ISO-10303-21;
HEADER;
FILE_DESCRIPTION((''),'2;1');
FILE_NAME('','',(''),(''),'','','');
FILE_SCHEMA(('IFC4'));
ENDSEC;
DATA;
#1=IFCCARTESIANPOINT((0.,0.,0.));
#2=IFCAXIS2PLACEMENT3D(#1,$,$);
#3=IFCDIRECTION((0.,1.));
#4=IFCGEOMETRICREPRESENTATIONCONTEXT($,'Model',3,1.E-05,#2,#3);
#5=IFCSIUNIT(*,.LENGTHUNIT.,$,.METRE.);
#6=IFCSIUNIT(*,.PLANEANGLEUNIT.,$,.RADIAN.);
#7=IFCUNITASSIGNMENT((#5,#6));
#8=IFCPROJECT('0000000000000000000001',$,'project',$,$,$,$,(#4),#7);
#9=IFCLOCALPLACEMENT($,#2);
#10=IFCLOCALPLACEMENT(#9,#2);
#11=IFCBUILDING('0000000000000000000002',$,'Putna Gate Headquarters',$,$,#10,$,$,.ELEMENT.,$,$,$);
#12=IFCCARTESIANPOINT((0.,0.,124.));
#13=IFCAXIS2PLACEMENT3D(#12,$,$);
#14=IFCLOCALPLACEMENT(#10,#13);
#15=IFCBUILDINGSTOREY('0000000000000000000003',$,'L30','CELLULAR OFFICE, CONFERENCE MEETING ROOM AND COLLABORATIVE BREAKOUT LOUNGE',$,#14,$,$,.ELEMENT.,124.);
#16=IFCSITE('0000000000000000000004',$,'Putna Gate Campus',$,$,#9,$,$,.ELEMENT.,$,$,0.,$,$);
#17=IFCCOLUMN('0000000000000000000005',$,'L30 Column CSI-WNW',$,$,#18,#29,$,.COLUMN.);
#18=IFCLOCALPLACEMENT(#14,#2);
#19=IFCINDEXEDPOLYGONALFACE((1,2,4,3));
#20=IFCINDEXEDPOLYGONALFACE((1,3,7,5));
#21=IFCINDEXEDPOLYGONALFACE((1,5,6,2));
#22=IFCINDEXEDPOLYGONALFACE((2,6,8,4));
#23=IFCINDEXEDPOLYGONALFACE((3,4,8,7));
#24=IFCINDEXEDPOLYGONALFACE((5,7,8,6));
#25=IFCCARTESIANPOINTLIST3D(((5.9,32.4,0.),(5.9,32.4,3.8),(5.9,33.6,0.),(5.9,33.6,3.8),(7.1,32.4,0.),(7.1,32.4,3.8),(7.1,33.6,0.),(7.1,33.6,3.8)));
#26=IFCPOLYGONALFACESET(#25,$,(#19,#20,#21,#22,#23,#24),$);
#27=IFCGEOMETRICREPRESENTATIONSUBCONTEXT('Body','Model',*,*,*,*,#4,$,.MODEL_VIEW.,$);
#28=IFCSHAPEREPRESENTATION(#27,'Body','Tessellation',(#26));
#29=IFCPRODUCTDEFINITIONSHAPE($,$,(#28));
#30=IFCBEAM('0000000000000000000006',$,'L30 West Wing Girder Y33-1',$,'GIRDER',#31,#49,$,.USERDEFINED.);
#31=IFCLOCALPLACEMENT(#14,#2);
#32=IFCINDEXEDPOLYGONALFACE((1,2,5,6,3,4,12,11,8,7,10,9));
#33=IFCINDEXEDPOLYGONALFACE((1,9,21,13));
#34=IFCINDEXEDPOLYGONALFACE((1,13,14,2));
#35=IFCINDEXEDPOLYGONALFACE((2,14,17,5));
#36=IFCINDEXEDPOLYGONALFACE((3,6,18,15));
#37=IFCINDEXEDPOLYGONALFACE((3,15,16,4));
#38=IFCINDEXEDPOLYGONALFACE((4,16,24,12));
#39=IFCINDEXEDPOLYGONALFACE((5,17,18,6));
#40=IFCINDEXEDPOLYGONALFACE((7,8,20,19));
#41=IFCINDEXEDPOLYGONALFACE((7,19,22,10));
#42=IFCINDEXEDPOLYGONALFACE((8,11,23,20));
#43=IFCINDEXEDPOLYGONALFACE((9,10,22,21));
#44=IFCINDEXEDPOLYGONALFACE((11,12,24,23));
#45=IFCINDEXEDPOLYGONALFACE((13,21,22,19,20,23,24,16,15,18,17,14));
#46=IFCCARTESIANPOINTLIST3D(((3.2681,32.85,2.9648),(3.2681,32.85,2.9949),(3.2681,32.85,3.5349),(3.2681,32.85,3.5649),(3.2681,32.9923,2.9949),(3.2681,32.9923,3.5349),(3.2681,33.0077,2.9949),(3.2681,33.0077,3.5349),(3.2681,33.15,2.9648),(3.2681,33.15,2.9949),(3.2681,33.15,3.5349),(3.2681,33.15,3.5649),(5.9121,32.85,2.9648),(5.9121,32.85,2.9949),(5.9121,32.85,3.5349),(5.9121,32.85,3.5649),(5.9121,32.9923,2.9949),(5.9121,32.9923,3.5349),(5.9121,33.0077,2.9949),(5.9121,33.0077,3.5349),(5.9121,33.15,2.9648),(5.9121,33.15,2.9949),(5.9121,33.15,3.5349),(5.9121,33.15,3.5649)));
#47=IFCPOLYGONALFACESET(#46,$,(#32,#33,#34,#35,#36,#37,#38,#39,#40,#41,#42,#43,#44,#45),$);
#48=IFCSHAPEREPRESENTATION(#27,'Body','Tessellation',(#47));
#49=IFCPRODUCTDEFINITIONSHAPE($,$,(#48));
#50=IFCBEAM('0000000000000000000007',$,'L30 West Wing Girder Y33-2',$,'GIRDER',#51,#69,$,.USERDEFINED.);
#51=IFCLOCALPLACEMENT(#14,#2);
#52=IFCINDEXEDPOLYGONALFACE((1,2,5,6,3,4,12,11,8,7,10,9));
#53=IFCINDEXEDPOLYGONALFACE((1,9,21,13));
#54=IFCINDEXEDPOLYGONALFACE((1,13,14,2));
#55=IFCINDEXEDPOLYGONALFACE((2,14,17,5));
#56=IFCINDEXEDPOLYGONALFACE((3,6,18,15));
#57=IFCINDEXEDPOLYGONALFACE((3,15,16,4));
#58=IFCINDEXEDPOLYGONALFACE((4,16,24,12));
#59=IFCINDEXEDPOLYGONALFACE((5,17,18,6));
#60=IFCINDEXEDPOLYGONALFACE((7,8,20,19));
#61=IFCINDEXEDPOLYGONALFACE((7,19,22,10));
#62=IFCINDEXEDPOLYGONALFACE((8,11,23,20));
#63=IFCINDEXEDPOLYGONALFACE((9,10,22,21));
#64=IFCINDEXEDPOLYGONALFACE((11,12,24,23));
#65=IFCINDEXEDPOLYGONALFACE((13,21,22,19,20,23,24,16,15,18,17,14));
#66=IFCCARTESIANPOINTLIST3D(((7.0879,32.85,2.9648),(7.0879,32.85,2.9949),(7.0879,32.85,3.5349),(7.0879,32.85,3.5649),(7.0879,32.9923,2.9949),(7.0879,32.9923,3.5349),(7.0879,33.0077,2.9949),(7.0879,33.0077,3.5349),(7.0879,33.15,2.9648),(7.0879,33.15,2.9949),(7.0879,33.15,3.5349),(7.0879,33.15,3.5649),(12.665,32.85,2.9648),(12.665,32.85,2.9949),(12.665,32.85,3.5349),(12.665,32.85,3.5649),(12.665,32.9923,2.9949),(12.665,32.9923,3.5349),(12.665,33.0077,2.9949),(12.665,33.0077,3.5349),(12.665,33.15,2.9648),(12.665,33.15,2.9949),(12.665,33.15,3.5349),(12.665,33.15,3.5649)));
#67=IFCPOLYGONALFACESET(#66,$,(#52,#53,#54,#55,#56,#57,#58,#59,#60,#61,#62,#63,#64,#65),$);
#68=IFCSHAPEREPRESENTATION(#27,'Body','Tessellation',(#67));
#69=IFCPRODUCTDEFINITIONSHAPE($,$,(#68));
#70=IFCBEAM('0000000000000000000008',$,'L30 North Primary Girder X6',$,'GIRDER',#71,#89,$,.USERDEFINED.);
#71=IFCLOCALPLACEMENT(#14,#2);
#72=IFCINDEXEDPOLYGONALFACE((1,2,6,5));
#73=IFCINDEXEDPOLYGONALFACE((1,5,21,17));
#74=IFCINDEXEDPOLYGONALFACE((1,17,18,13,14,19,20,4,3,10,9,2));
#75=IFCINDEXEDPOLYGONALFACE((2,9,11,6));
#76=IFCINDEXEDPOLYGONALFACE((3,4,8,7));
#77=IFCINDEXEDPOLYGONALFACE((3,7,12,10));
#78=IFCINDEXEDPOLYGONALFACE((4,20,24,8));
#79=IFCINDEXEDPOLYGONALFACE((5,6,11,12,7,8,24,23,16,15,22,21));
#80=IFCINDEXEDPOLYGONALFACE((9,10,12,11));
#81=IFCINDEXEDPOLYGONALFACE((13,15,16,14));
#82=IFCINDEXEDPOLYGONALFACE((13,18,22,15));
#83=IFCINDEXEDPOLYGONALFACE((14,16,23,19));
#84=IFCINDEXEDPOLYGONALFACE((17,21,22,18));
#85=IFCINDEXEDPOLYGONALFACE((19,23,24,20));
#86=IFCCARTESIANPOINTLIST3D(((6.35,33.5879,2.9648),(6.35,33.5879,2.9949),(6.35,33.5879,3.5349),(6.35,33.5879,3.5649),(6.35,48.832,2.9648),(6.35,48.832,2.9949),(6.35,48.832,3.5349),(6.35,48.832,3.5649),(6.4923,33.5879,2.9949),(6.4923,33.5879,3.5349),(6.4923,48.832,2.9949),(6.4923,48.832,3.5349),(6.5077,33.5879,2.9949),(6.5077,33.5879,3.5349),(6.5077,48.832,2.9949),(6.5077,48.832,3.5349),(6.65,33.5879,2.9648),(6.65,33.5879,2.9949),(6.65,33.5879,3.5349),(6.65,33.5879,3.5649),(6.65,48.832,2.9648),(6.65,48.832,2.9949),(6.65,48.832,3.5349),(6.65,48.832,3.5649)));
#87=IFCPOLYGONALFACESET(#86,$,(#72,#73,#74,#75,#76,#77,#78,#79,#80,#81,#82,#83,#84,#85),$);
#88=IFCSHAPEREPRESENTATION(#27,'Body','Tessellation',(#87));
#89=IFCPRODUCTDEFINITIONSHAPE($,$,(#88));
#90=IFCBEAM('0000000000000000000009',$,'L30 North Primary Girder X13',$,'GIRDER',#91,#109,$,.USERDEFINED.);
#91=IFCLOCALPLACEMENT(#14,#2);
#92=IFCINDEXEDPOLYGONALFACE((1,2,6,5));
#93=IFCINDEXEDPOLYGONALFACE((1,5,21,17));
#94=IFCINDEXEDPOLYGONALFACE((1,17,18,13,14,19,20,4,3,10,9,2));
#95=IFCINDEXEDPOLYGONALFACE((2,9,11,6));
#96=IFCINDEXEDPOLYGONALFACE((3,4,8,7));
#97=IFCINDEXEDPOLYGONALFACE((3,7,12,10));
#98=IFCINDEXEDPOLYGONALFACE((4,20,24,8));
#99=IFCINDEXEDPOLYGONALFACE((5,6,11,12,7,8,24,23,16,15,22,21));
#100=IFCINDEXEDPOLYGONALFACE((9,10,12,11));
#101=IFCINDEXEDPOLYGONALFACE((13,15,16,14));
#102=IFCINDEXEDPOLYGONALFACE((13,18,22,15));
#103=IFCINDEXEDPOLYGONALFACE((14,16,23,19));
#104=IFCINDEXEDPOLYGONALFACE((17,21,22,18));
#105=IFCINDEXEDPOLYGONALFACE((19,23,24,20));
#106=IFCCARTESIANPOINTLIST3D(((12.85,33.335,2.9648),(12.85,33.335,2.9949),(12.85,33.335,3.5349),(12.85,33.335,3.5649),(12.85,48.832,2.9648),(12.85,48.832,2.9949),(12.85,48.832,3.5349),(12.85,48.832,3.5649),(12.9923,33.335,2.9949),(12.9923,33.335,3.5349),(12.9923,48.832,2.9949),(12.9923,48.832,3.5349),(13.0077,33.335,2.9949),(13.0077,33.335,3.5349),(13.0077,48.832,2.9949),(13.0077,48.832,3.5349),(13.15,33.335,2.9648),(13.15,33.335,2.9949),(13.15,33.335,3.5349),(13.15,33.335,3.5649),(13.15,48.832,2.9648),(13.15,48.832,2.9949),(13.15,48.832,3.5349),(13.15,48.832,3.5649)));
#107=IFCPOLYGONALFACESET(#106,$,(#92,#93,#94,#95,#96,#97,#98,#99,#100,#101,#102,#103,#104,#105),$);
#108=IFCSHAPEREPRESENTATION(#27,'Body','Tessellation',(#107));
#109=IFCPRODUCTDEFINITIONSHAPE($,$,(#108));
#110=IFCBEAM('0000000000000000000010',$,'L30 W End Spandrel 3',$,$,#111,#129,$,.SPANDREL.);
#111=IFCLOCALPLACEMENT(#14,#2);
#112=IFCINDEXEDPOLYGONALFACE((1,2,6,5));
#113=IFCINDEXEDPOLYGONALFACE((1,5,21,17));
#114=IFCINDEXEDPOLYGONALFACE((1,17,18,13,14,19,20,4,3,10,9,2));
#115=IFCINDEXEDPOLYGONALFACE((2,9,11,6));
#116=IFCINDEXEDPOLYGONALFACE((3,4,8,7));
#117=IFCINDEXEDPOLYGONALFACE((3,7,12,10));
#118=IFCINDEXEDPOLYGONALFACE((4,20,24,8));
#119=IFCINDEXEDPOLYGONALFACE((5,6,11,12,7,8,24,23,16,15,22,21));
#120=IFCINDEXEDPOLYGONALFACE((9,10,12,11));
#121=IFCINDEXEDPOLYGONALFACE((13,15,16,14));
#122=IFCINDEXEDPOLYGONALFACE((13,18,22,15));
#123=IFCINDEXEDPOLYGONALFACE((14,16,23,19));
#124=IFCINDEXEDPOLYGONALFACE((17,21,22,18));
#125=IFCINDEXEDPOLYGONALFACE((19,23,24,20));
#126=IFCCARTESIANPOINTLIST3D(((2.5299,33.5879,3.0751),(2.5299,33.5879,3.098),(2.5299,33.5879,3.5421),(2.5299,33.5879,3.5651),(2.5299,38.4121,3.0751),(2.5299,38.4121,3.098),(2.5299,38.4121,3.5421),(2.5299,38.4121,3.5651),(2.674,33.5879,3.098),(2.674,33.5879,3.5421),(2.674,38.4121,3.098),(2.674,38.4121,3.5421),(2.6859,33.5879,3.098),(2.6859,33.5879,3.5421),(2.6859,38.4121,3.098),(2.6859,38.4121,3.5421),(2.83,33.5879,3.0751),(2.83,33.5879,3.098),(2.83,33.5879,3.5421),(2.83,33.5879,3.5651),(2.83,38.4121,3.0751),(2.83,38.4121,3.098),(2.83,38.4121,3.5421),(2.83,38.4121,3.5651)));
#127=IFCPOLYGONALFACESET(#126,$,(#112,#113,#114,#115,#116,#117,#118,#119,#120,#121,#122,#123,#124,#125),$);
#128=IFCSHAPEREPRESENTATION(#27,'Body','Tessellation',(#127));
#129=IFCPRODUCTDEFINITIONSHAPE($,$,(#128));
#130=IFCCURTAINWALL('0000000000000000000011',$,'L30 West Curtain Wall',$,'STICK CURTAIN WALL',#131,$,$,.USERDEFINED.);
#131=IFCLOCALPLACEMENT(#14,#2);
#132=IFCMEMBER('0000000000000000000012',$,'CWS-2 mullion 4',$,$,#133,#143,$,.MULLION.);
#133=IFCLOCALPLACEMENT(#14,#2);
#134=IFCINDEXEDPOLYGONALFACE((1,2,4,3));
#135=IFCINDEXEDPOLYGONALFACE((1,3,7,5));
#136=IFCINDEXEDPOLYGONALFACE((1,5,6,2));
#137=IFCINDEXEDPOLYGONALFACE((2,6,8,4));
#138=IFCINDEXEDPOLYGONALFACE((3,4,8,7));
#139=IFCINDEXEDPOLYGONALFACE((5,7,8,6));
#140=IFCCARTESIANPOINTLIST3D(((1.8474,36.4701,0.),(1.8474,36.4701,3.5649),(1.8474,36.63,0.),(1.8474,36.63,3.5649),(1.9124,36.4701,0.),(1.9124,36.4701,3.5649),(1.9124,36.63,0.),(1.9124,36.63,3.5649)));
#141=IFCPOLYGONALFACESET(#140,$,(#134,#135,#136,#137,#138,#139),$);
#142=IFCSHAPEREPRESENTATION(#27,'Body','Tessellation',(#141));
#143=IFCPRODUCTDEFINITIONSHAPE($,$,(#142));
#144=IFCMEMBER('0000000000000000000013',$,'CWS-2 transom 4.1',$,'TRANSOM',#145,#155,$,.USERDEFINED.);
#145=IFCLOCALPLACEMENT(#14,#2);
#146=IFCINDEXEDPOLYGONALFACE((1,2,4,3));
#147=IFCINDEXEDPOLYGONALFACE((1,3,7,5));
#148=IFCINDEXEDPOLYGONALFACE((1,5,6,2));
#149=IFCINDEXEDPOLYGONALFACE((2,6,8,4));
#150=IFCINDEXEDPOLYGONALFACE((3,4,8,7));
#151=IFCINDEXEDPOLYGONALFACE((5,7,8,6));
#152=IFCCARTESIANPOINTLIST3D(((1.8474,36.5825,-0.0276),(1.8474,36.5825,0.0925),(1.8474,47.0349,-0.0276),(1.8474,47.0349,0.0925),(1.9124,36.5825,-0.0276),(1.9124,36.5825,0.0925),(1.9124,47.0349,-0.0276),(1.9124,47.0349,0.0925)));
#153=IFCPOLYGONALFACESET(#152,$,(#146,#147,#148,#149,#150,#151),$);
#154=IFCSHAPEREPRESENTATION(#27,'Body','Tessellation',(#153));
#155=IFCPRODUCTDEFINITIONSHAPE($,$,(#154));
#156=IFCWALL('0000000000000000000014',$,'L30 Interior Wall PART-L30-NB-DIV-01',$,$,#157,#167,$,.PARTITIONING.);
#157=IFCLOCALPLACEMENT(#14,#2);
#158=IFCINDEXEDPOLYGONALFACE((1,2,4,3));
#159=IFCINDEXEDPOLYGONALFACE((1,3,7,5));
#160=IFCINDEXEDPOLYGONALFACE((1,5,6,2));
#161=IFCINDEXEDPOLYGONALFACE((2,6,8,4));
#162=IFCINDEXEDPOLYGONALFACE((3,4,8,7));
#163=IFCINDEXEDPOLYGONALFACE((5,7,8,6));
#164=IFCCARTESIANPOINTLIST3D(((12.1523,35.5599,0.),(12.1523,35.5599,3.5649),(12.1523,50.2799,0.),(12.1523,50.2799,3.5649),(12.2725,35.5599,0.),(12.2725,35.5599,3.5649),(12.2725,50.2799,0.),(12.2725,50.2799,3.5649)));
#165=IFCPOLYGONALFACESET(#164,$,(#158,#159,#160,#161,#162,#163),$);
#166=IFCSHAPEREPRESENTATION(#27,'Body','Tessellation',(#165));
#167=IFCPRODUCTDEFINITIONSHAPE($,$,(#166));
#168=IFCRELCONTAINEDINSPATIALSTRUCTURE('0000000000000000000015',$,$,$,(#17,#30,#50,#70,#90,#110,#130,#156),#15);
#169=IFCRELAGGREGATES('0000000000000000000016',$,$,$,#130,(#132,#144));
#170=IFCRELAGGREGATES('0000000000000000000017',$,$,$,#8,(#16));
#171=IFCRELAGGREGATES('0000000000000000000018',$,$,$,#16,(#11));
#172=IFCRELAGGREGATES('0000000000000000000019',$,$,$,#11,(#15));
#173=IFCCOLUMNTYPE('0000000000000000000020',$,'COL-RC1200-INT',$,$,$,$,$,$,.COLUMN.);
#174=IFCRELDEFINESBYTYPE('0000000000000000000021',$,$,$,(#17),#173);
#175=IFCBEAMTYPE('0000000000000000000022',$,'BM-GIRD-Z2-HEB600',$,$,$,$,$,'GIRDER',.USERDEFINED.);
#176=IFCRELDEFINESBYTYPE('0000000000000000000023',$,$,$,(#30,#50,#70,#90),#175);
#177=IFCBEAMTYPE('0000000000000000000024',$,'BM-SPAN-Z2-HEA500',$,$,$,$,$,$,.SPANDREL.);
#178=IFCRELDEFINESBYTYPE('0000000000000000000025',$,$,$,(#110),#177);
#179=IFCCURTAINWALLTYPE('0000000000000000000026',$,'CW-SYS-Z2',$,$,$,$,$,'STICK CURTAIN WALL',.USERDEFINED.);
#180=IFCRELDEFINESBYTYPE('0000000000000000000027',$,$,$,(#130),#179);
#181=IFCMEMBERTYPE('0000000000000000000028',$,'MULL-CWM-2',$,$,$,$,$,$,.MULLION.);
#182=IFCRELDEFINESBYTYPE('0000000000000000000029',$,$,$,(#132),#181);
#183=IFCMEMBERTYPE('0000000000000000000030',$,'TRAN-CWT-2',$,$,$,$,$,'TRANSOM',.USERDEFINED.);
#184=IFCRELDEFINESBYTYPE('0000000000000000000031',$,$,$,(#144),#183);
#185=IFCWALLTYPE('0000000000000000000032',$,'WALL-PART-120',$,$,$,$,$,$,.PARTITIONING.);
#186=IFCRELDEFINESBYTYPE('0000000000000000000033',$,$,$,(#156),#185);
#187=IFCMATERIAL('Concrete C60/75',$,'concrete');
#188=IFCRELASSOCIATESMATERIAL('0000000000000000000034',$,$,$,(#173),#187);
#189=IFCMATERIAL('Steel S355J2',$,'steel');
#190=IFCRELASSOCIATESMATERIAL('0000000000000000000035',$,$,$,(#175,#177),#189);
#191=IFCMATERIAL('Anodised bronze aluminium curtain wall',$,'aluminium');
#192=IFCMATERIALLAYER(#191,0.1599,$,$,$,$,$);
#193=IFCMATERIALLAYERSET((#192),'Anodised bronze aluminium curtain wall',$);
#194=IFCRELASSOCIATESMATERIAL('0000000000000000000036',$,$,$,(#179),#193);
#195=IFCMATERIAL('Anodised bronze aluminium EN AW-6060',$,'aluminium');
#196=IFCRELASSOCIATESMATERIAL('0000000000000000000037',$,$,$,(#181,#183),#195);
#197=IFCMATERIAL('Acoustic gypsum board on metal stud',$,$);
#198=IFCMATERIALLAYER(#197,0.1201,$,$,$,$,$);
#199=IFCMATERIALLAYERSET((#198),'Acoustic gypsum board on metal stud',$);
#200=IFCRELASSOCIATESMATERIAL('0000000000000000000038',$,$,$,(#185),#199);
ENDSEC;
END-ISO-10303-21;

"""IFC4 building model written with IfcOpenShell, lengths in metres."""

from ifc_helpers import new_model, si_unit, direction, frame, frame_2d, origin, origin_2d, place, context, subcontext, project, spatial, rectangle, i_section, extrude, material, layer, layer_set, material_profile, profile_set, type_object, element, aggregate, save


model = new_model("IFC4")

# Units and contexts
model_context = context("Model", 3, precision=1e-05, world=origin(), true_north=direction((0.0, 1.0)))
body_context = subcontext(model_context, "Body", "Model", "MODEL_VIEW")
ifc_project = project(units=[si_unit("LENGTHUNIT", "METRE"), si_unit("PLANEANGLEUNIT", "RADIAN")], contexts=[model_context])

# Site, building, storey
site_placement = place(None, origin())
site = spatial("IfcSite", under=ifc_project, at=site_placement, Name="Putna Gate Campus", CompositionType="ELEMENT", RefElevation=0.0)
building_placement = place(site_placement, origin())
building = spatial("IfcBuilding", under=site, at=building_placement, Name="Putna Gate Headquarters", CompositionType="ELEMENT")
storey_placement = place(building_placement, frame((0.0, 0.0, 124.0)))
storey = spatial("IfcBuildingStorey", under=building, at=storey_placement, Name="L30", Description="CELLULAR OFFICE, CONFERENCE MEETING ROOM AND COLLABORATIVE BREAKOUT LOUNGE", CompositionType="ELEMENT", Elevation=124.0)

# Column
ifc_material_1 = material(Name="Concrete C60/75", Category="concrete")
ifc_material_profile_1 = material_profile(ifc_material_1, rectangle(XDim=1.2, YDim=1.2, at=origin_2d()), Name="Concrete C60/75")
ifc_profile_set_1 = profile_set([ifc_material_profile_1], Name="Concrete C60/75")
column_type = type_object("IfcColumnType", Name="COL-RC1200-INT", PredefinedType="COLUMN", material=ifc_profile_set_1)
column_placement = place(storey_placement, frame((6.5, 33.0, 0.0), z_axis=(0.0, 0.0, 1.0), x_axis=(1.0, 0.0, 0.0)))
element("IfcColumn", 1, at=column_placement, inside=storey, type_object=column_type, Name="L30 Column CSI-WNW", PredefinedType="COLUMN", context=body_context, shape_type="SweptSolid", body=[
    extrude(rectangle(XDim=1.2, YDim=1.2, at=origin_2d()), origin(), (0.0, 0.0, 1.0), 3.8),
])

# Beams
ifc_material_2 = material(Name="Steel S355J2", Category="steel")
ifc_material_profile_2 = material_profile(ifc_material_2, i_section(OverallWidth=0.3, OverallDepth=0.6001, WebThickness=0.0154, FlangeThickness=0.03, at=origin_2d()), Name="Steel S355J2")
ifc_profile_set_2 = profile_set([ifc_material_profile_2], Name="Steel S355J2")
beam_type_1 = type_object("IfcBeamType", Name="BM-GIRD-Z2-HEB600", ElementType="GIRDER", PredefinedType="USERDEFINED", material=ifc_profile_set_2)
beam_1_placement = place(storey_placement, frame((3.2681, 33.0, 3.2649), z_axis=(1.0, 0.0, 0.0), x_axis=(0.0, 1.0, 0.0)))
element("IfcBeam", 2, at=beam_1_placement, inside=storey, type_object=beam_type_1, Name="L30 West Wing Girder Y33-1", ObjectType="GIRDER", PredefinedType="USERDEFINED", context=body_context, shape_type="SweptSolid", body=[
    extrude(i_section(OverallWidth=0.3, OverallDepth=0.6001, WebThickness=0.0154, FlangeThickness=0.03, at=origin_2d()), origin(), (0.0, 0.0, 1.0), 2.644),
])
beam_2_placement = place(storey_placement, frame((7.0879, 33.0, 3.2649), z_axis=(1.0, 0.0, 0.0), x_axis=(0.0, 1.0, 0.0)))
element("IfcBeam", 3, at=beam_2_placement, inside=storey, type_object=beam_type_1, Name="L30 West Wing Girder Y33-2", ObjectType="GIRDER", PredefinedType="USERDEFINED", context=body_context, shape_type="SweptSolid", body=[
    extrude(i_section(OverallWidth=0.3, OverallDepth=0.6001, WebThickness=0.0154, FlangeThickness=0.03, at=origin_2d()), origin(), (0.0, 0.0, 1.0), 5.5771),
])
beam_3_placement = place(storey_placement, frame((6.5, 33.5879, 3.2649), z_axis=(0.0, 1.0, 0.0), x_axis=(-1.0, 0.0, 0.0)))
element("IfcBeam", 4, at=beam_3_placement, inside=storey, type_object=beam_type_1, Name="L30 North Primary Girder X6", ObjectType="GIRDER", PredefinedType="USERDEFINED", context=body_context, shape_type="SweptSolid", body=[
    extrude(i_section(OverallWidth=0.3, OverallDepth=0.6001, WebThickness=0.0154, FlangeThickness=0.03, at=origin_2d()), origin(), (0.0, 0.0, 1.0), 15.2441),
])
beam_4_placement = place(storey_placement, frame((13.0, 33.335, 3.2649), z_axis=(0.0, 1.0, 0.0), x_axis=(-1.0, 0.0, 0.0)))
element("IfcBeam", 5, at=beam_4_placement, inside=storey, type_object=beam_type_1, Name="L30 North Primary Girder X13", ObjectType="GIRDER", PredefinedType="USERDEFINED", context=body_context, shape_type="SweptSolid", body=[
    extrude(i_section(OverallWidth=0.3, OverallDepth=0.6001, WebThickness=0.0154, FlangeThickness=0.03, at=origin_2d()), origin(), (0.0, 0.0, 1.0), 15.4971),
])
ifc_material_profile_3 = material_profile(ifc_material_2, i_section(OverallWidth=0.3, OverallDepth=0.49, WebThickness=0.012, FlangeThickness=0.0229, at=origin_2d()), Name="Steel S355J2")
ifc_profile_set_3 = profile_set([ifc_material_profile_3], Name="Steel S355J2")
beam_type_2 = type_object("IfcBeamType", Name="BM-SPAN-Z2-HEA500", PredefinedType="SPANDREL", material=ifc_profile_set_3)
beam_5_placement = place(storey_placement, frame((2.6799, 33.5879, 3.3201), z_axis=(0.0, 1.0, 0.0), x_axis=(-1.0, 0.0, 0.0)))
element("IfcBeam", 6, at=beam_5_placement, inside=storey, type_object=beam_type_2, Name="L30 W End Spandrel 3", PredefinedType="SPANDREL", context=body_context, shape_type="SweptSolid", body=[
    extrude(i_section(OverallWidth=0.3, OverallDepth=0.49, WebThickness=0.012, FlangeThickness=0.0229, at=origin_2d()), origin(), (0.0, 0.0, 1.0), 4.8242),
])

# Curtain wall, members
ifc_material_3 = material(Name="Anodised bronze aluminium curtain wall", Category="aluminium")
ifc_layer_1 = layer(ifc_material_3, 0.1599)
ifc_layer_set_1 = layer_set([ifc_layer_1], Name="Anodised bronze aluminium curtain wall")
curtain_wall_type = type_object("IfcCurtainWallType", Name="CW-SYS-Z2", ElementType="STICK CURTAIN WALL", PredefinedType="USERDEFINED", material=ifc_layer_set_1)
curtain_wall_placement = place(storey_placement, origin())
curtain_wall = element("IfcCurtainWall", 7, at=curtain_wall_placement, inside=storey, type_object=curtain_wall_type, Name="L30 West Curtain Wall", ObjectType="STICK CURTAIN WALL", PredefinedType="USERDEFINED")
ifc_material_4 = material(Name="Anodised bronze aluminium EN AW-6060", Category="aluminium")
ifc_material_profile_4 = material_profile(ifc_material_4, rectangle(XDim=0.0649, YDim=0.1599, at=origin_2d()), Name="Anodised bronze aluminium EN AW-6060")
ifc_profile_set_4 = profile_set([ifc_material_profile_4], Name="Anodised bronze aluminium EN AW-6060")
member_type_1 = type_object("IfcMemberType", Name="MULL-CWM-2", PredefinedType="MULLION", material=ifc_profile_set_4)
member_1_placement = place(storey_placement, frame((1.8799, 36.55, 0.0), z_axis=(0.0, 0.0, 1.0), x_axis=(-1.0, 0.0, 0.0)))
member_1 = element("IfcMember", 8, at=member_1_placement, type_object=member_type_1, Name="CWS-2 mullion 4", PredefinedType="MULLION", context=body_context, shape_type="SweptSolid", body=[
    extrude(rectangle(XDim=0.0649, YDim=0.1599, at=origin_2d()), origin(), (0.0, 0.0, 1.0), 3.5649),
])
ifc_material_profile_5 = material_profile(ifc_material_4, rectangle(XDim=0.0649, YDim=0.1201, at=origin_2d()), Name="Anodised bronze aluminium EN AW-6060")
ifc_profile_set_5 = profile_set([ifc_material_profile_5], Name="Anodised bronze aluminium EN AW-6060")
member_type_2 = type_object("IfcMemberType", Name="TRAN-CWT-2", ElementType="TRANSOM", PredefinedType="USERDEFINED", material=ifc_profile_set_5)
member_2_placement = place(storey_placement, frame((1.8799, 36.5825, 0.0325), z_axis=(0.0, 1.0, 0.0), x_axis=(-1.0, 0.0, 0.0)))
member_2 = element("IfcMember", 9, at=member_2_placement, type_object=member_type_2, Name="CWS-2 transom 4.1", ObjectType="TRANSOM", PredefinedType="USERDEFINED", context=body_context, shape_type="SweptSolid", body=[
    extrude(rectangle(XDim=0.0649, YDim=0.1201, at=origin_2d()), origin(), (0.0, 0.0, 1.0), 10.4524),
])
aggregate(curtain_wall, [member_1, member_2])

# Wall
ifc_material_5 = material(Name="Acoustic gypsum board on metal stud")
ifc_layer_2 = layer(ifc_material_5, 0.1201)
ifc_layer_set_2 = layer_set([ifc_layer_2], Name="Acoustic gypsum board on metal stud")
wall_type_1 = type_object("IfcWallType", Name="WALL-PART-120", PredefinedType="PARTITIONING", material=ifc_layer_set_2)
wall_1_placement = place(storey_placement, frame((12.2124, 35.5601, 0.0), z_axis=(0.0, 0.0, 1.0), x_axis=(0.0, 1.0, 0.0)))
element("IfcWall", 10, at=wall_1_placement, inside=storey, type_object=wall_type_1, Name="L30 Interior Wall PART-L30-NB-DIV-01", PredefinedType="PARTITIONING", context=body_context, shape_type="SweptSolid", body=[
    extrude(rectangle(XDim=14.72, YDim=0.1201, at=frame_2d((7.3599, 0.0))), origin(), (0.0, 0.0, 1.0), 3.5649),
])

save(model, "model.ifc")
